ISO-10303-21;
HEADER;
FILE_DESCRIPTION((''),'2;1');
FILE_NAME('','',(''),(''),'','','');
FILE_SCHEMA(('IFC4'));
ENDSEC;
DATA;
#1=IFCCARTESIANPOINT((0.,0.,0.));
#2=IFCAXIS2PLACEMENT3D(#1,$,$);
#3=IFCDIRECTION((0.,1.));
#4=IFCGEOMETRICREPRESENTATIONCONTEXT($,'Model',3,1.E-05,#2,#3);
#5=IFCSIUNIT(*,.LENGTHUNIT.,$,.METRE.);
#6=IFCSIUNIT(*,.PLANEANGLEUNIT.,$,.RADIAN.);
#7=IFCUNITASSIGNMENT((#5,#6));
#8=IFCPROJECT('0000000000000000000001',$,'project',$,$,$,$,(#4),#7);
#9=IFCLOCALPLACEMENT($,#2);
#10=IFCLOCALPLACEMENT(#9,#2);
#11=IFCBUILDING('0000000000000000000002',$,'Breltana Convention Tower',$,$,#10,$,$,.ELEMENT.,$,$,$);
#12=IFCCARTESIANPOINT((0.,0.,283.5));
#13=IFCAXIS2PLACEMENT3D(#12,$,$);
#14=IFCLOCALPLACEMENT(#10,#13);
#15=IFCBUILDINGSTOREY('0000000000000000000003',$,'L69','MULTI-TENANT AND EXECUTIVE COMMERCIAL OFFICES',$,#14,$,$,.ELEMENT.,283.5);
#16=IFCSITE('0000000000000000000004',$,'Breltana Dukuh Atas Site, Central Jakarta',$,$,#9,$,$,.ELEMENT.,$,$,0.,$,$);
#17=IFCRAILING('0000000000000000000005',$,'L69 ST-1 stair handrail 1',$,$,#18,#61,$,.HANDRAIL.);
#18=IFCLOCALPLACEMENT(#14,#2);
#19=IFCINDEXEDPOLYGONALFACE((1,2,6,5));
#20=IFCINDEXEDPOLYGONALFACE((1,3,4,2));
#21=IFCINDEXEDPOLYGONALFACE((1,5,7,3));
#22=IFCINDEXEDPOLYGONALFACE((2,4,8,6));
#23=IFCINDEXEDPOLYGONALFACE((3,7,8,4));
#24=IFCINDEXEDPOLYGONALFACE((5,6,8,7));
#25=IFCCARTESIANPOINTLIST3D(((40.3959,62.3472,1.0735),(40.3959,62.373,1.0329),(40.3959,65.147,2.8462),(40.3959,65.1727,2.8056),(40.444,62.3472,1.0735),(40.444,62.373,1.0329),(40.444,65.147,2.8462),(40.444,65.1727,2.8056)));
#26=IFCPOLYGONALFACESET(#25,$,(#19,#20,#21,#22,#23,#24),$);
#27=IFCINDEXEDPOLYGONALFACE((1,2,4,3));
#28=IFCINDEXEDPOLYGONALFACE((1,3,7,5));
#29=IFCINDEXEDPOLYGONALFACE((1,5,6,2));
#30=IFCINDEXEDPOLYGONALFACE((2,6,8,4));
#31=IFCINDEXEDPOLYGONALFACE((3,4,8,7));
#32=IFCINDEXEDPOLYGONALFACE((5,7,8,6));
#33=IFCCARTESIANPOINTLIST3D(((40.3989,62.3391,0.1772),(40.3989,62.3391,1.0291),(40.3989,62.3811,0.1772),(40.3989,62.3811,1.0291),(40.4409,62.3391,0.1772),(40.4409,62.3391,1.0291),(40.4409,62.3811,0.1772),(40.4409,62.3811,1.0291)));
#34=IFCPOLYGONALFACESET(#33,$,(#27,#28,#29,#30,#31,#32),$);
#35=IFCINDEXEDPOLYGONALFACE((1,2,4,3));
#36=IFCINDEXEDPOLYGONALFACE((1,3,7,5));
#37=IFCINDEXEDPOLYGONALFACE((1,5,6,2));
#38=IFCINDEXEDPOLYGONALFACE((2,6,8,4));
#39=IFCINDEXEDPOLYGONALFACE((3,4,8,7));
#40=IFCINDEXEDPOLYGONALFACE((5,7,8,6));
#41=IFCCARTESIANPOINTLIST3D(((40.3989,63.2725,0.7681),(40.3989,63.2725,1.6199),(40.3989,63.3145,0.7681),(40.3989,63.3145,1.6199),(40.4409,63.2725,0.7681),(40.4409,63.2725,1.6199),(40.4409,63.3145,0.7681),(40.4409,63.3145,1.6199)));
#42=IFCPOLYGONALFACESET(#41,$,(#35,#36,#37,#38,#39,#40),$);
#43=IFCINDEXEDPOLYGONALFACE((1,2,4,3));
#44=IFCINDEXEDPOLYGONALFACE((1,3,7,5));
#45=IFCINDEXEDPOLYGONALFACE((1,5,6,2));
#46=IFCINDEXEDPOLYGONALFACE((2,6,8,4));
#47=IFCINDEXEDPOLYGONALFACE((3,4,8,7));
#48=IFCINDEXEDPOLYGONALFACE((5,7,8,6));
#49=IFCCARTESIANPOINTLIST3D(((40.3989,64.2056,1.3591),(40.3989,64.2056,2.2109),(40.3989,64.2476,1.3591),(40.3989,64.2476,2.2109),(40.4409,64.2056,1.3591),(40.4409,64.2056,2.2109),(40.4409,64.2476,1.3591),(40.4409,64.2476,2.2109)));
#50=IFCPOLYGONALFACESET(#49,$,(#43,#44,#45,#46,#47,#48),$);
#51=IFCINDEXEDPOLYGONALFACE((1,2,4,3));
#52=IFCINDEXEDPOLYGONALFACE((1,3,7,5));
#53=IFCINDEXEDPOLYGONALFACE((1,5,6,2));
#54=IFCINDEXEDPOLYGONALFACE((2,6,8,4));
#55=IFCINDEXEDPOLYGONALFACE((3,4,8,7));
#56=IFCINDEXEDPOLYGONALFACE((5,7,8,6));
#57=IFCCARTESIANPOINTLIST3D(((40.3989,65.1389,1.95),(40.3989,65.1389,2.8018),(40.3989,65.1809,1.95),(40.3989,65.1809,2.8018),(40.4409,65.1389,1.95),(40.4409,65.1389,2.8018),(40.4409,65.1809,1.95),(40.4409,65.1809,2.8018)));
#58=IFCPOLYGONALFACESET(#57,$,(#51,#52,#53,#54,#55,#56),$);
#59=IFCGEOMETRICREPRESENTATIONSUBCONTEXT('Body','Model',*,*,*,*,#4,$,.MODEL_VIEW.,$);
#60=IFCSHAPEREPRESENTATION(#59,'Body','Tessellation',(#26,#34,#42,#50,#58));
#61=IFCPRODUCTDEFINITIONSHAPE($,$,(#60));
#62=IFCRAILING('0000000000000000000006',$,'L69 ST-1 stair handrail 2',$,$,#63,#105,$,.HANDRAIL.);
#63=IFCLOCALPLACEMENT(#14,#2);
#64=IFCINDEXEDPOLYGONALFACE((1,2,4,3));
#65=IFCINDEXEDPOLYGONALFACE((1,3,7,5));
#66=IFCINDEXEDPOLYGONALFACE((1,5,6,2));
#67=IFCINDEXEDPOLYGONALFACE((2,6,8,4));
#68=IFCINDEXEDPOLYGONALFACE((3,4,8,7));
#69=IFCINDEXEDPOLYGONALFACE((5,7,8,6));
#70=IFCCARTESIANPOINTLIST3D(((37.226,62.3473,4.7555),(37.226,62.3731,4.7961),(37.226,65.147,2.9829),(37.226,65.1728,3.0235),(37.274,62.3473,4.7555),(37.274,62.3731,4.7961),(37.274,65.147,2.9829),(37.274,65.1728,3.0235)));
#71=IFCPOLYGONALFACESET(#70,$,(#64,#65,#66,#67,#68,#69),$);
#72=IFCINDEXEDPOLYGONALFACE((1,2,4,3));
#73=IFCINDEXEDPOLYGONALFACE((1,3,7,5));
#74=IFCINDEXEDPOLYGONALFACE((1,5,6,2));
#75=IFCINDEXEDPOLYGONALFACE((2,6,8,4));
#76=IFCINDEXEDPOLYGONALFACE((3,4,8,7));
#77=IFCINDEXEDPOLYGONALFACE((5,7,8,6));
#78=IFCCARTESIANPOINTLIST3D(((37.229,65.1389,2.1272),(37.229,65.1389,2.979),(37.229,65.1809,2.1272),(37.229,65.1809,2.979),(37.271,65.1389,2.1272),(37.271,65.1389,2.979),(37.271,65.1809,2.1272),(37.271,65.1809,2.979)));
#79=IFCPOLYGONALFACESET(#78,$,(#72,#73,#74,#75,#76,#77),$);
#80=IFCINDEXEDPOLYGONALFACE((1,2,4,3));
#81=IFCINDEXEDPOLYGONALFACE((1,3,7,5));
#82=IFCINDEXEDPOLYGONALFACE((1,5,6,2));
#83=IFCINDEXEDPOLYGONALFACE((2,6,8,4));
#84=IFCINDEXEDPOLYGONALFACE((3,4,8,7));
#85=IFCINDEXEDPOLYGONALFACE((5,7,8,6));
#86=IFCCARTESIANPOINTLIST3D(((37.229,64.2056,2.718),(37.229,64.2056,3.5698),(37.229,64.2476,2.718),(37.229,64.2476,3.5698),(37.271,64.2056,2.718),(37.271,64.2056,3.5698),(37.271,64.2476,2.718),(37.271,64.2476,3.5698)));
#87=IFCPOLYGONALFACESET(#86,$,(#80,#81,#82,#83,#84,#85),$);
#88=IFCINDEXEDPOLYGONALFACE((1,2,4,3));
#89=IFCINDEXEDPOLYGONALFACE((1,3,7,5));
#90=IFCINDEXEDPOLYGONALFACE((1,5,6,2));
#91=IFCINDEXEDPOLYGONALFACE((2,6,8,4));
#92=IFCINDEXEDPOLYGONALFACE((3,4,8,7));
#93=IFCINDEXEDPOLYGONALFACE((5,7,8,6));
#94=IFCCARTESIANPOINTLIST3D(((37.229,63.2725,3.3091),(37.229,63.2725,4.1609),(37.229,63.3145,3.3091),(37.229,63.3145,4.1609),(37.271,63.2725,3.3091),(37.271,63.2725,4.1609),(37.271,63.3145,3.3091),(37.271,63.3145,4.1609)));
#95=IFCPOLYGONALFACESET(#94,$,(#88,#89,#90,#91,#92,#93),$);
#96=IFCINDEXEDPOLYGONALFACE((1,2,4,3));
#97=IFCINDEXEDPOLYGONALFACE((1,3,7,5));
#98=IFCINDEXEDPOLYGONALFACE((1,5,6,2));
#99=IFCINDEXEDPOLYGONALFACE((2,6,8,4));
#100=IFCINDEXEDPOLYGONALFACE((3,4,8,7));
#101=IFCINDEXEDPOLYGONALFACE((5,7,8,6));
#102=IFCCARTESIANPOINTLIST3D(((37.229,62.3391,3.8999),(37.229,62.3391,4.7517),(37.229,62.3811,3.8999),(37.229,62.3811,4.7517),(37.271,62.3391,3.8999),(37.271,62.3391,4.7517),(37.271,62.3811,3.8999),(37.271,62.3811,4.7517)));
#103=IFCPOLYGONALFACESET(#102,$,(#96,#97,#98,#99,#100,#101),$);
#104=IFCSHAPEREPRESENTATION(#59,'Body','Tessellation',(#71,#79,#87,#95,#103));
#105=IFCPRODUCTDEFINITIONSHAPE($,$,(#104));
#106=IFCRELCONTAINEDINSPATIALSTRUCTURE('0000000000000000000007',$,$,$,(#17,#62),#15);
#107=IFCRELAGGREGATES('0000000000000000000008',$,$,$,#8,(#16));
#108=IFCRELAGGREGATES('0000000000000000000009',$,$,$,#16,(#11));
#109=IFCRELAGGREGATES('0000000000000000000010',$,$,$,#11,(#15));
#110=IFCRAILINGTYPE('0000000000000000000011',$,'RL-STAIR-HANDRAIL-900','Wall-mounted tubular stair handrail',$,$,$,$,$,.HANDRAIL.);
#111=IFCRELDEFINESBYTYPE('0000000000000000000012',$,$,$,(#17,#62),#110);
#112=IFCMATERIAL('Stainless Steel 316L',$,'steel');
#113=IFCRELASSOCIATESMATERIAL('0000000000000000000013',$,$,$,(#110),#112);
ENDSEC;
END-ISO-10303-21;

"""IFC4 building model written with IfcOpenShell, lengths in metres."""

from ifc_helpers import new_model, si_unit, direction, frame, origin, origin_2d, place, context, subcontext, project, spatial, rectangle, extrude, material, type_object, element, save


model = new_model("IFC4")

# Units and contexts
model_context = context("Model", 3, precision=1e-05, world=origin(), true_north=direction((0.0, 1.0)))
body_context = subcontext(model_context, "Body", "Model", "MODEL_VIEW")
ifc_project = project(units=[si_unit("LENGTHUNIT", "METRE"), si_unit("PLANEANGLEUNIT", "RADIAN")], contexts=[model_context])

# Site, building, storey
site_placement = place(None, origin())
site = spatial("IfcSite", under=ifc_project, at=site_placement, Name="Breltana Dukuh Atas Site, Central Jakarta", CompositionType="ELEMENT", RefElevation=0.0)
building_placement = place(site_placement, origin())
building = spatial("IfcBuilding", under=site, at=building_placement, Name="Breltana Convention Tower", CompositionType="ELEMENT")
storey_placement = place(building_placement, frame((0.0, 0.0, 283.5)))
storey = spatial("IfcBuildingStorey", under=building, at=storey_placement, Name="L69", Description="MULTI-TENANT AND EXECUTIVE COMMERCIAL OFFICES", CompositionType="ELEMENT", Elevation=283.5)

# Railings
ifc_material_1 = material(Name="Stainless Steel 316L", Category="steel")
railing_type_1 = type_object("IfcRailingType", Name="RL-STAIR-HANDRAIL-900", Description="Wall-mounted tubular stair handrail", PredefinedType="HANDRAIL", material=ifc_material_1)
railing_1_placement = place(storey_placement, frame((40.4199, 62.3601, 0.1772)))
element("IfcRailing", 1, at=railing_1_placement, inside=storey, type_object=railing_type_1, Name="L69 ST-1 stair handrail 1", PredefinedType="HANDRAIL", context=body_context, shape_type="SweptSolid", body=[
    extrude(rectangle(XDim=0.0481, YDim=0.0481, at=origin_2d()), frame((0.0, 0.0, 0.876), z_axis=(0.0, 0.844888, 0.534943), x_axis=(-1.0, 0.0, 0.0)), (0.0, 0.0, 1.0), 3.3137),
    extrude(rectangle(XDim=0.042, YDim=0.042, at=origin_2d()), origin(), (0.0, 0.0, 1.0), 0.8518),
    extrude(rectangle(XDim=0.042, YDim=0.042, at=origin_2d()), frame((0.0, 0.9333, 0.5908)), (0.0, 0.0, 1.0), 0.8518),
    extrude(rectangle(XDim=0.042, YDim=0.042, at=origin_2d()), frame((0.0, 1.8665, 1.1819)), (0.0, 0.0, 1.0), 0.8518),
    extrude(rectangle(XDim=0.042, YDim=0.042, at=origin_2d()), frame((0.0, 2.7998, 1.7727)), (0.0, 0.0, 1.0), 0.8518),
])
railing_2_placement = place(storey_placement, frame((37.25, 65.1599, 2.1272)))
element("IfcRailing", 2, at=railing_2_placement, inside=storey, type_object=railing_type_1, Name="L69 ST-1 stair handrail 2", PredefinedType="HANDRAIL", context=body_context, shape_type="SweptSolid", body=[
    extrude(rectangle(XDim=0.0481, YDim=0.0481, at=origin_2d()), frame((0.0, 0.0, 0.876), z_axis=(0.0, -0.844888, 0.534943), x_axis=(1.0, 0.0, 0.0)), (0.0, 0.0, 1.0), 3.3137),
    extrude(rectangle(XDim=0.042, YDim=0.042, at=origin_2d()), origin(), (0.0, 0.0, 1.0), 0.8518),
    extrude(rectangle(XDim=0.042, YDim=0.042, at=origin_2d()), frame((0.0, -0.9333, 0.5908)), (0.0, 0.0, 1.0), 0.8518),
    extrude(rectangle(XDim=0.042, YDim=0.042, at=origin_2d()), frame((0.0, -1.8665, 1.1819)), (0.0, 0.0, 1.0), 0.8518),
    extrude(rectangle(XDim=0.042, YDim=0.042, at=origin_2d()), frame((0.0, -2.7998, 1.7727)), (0.0, 0.0, 1.0), 0.8518),
])

save(model, "model.ifc")
